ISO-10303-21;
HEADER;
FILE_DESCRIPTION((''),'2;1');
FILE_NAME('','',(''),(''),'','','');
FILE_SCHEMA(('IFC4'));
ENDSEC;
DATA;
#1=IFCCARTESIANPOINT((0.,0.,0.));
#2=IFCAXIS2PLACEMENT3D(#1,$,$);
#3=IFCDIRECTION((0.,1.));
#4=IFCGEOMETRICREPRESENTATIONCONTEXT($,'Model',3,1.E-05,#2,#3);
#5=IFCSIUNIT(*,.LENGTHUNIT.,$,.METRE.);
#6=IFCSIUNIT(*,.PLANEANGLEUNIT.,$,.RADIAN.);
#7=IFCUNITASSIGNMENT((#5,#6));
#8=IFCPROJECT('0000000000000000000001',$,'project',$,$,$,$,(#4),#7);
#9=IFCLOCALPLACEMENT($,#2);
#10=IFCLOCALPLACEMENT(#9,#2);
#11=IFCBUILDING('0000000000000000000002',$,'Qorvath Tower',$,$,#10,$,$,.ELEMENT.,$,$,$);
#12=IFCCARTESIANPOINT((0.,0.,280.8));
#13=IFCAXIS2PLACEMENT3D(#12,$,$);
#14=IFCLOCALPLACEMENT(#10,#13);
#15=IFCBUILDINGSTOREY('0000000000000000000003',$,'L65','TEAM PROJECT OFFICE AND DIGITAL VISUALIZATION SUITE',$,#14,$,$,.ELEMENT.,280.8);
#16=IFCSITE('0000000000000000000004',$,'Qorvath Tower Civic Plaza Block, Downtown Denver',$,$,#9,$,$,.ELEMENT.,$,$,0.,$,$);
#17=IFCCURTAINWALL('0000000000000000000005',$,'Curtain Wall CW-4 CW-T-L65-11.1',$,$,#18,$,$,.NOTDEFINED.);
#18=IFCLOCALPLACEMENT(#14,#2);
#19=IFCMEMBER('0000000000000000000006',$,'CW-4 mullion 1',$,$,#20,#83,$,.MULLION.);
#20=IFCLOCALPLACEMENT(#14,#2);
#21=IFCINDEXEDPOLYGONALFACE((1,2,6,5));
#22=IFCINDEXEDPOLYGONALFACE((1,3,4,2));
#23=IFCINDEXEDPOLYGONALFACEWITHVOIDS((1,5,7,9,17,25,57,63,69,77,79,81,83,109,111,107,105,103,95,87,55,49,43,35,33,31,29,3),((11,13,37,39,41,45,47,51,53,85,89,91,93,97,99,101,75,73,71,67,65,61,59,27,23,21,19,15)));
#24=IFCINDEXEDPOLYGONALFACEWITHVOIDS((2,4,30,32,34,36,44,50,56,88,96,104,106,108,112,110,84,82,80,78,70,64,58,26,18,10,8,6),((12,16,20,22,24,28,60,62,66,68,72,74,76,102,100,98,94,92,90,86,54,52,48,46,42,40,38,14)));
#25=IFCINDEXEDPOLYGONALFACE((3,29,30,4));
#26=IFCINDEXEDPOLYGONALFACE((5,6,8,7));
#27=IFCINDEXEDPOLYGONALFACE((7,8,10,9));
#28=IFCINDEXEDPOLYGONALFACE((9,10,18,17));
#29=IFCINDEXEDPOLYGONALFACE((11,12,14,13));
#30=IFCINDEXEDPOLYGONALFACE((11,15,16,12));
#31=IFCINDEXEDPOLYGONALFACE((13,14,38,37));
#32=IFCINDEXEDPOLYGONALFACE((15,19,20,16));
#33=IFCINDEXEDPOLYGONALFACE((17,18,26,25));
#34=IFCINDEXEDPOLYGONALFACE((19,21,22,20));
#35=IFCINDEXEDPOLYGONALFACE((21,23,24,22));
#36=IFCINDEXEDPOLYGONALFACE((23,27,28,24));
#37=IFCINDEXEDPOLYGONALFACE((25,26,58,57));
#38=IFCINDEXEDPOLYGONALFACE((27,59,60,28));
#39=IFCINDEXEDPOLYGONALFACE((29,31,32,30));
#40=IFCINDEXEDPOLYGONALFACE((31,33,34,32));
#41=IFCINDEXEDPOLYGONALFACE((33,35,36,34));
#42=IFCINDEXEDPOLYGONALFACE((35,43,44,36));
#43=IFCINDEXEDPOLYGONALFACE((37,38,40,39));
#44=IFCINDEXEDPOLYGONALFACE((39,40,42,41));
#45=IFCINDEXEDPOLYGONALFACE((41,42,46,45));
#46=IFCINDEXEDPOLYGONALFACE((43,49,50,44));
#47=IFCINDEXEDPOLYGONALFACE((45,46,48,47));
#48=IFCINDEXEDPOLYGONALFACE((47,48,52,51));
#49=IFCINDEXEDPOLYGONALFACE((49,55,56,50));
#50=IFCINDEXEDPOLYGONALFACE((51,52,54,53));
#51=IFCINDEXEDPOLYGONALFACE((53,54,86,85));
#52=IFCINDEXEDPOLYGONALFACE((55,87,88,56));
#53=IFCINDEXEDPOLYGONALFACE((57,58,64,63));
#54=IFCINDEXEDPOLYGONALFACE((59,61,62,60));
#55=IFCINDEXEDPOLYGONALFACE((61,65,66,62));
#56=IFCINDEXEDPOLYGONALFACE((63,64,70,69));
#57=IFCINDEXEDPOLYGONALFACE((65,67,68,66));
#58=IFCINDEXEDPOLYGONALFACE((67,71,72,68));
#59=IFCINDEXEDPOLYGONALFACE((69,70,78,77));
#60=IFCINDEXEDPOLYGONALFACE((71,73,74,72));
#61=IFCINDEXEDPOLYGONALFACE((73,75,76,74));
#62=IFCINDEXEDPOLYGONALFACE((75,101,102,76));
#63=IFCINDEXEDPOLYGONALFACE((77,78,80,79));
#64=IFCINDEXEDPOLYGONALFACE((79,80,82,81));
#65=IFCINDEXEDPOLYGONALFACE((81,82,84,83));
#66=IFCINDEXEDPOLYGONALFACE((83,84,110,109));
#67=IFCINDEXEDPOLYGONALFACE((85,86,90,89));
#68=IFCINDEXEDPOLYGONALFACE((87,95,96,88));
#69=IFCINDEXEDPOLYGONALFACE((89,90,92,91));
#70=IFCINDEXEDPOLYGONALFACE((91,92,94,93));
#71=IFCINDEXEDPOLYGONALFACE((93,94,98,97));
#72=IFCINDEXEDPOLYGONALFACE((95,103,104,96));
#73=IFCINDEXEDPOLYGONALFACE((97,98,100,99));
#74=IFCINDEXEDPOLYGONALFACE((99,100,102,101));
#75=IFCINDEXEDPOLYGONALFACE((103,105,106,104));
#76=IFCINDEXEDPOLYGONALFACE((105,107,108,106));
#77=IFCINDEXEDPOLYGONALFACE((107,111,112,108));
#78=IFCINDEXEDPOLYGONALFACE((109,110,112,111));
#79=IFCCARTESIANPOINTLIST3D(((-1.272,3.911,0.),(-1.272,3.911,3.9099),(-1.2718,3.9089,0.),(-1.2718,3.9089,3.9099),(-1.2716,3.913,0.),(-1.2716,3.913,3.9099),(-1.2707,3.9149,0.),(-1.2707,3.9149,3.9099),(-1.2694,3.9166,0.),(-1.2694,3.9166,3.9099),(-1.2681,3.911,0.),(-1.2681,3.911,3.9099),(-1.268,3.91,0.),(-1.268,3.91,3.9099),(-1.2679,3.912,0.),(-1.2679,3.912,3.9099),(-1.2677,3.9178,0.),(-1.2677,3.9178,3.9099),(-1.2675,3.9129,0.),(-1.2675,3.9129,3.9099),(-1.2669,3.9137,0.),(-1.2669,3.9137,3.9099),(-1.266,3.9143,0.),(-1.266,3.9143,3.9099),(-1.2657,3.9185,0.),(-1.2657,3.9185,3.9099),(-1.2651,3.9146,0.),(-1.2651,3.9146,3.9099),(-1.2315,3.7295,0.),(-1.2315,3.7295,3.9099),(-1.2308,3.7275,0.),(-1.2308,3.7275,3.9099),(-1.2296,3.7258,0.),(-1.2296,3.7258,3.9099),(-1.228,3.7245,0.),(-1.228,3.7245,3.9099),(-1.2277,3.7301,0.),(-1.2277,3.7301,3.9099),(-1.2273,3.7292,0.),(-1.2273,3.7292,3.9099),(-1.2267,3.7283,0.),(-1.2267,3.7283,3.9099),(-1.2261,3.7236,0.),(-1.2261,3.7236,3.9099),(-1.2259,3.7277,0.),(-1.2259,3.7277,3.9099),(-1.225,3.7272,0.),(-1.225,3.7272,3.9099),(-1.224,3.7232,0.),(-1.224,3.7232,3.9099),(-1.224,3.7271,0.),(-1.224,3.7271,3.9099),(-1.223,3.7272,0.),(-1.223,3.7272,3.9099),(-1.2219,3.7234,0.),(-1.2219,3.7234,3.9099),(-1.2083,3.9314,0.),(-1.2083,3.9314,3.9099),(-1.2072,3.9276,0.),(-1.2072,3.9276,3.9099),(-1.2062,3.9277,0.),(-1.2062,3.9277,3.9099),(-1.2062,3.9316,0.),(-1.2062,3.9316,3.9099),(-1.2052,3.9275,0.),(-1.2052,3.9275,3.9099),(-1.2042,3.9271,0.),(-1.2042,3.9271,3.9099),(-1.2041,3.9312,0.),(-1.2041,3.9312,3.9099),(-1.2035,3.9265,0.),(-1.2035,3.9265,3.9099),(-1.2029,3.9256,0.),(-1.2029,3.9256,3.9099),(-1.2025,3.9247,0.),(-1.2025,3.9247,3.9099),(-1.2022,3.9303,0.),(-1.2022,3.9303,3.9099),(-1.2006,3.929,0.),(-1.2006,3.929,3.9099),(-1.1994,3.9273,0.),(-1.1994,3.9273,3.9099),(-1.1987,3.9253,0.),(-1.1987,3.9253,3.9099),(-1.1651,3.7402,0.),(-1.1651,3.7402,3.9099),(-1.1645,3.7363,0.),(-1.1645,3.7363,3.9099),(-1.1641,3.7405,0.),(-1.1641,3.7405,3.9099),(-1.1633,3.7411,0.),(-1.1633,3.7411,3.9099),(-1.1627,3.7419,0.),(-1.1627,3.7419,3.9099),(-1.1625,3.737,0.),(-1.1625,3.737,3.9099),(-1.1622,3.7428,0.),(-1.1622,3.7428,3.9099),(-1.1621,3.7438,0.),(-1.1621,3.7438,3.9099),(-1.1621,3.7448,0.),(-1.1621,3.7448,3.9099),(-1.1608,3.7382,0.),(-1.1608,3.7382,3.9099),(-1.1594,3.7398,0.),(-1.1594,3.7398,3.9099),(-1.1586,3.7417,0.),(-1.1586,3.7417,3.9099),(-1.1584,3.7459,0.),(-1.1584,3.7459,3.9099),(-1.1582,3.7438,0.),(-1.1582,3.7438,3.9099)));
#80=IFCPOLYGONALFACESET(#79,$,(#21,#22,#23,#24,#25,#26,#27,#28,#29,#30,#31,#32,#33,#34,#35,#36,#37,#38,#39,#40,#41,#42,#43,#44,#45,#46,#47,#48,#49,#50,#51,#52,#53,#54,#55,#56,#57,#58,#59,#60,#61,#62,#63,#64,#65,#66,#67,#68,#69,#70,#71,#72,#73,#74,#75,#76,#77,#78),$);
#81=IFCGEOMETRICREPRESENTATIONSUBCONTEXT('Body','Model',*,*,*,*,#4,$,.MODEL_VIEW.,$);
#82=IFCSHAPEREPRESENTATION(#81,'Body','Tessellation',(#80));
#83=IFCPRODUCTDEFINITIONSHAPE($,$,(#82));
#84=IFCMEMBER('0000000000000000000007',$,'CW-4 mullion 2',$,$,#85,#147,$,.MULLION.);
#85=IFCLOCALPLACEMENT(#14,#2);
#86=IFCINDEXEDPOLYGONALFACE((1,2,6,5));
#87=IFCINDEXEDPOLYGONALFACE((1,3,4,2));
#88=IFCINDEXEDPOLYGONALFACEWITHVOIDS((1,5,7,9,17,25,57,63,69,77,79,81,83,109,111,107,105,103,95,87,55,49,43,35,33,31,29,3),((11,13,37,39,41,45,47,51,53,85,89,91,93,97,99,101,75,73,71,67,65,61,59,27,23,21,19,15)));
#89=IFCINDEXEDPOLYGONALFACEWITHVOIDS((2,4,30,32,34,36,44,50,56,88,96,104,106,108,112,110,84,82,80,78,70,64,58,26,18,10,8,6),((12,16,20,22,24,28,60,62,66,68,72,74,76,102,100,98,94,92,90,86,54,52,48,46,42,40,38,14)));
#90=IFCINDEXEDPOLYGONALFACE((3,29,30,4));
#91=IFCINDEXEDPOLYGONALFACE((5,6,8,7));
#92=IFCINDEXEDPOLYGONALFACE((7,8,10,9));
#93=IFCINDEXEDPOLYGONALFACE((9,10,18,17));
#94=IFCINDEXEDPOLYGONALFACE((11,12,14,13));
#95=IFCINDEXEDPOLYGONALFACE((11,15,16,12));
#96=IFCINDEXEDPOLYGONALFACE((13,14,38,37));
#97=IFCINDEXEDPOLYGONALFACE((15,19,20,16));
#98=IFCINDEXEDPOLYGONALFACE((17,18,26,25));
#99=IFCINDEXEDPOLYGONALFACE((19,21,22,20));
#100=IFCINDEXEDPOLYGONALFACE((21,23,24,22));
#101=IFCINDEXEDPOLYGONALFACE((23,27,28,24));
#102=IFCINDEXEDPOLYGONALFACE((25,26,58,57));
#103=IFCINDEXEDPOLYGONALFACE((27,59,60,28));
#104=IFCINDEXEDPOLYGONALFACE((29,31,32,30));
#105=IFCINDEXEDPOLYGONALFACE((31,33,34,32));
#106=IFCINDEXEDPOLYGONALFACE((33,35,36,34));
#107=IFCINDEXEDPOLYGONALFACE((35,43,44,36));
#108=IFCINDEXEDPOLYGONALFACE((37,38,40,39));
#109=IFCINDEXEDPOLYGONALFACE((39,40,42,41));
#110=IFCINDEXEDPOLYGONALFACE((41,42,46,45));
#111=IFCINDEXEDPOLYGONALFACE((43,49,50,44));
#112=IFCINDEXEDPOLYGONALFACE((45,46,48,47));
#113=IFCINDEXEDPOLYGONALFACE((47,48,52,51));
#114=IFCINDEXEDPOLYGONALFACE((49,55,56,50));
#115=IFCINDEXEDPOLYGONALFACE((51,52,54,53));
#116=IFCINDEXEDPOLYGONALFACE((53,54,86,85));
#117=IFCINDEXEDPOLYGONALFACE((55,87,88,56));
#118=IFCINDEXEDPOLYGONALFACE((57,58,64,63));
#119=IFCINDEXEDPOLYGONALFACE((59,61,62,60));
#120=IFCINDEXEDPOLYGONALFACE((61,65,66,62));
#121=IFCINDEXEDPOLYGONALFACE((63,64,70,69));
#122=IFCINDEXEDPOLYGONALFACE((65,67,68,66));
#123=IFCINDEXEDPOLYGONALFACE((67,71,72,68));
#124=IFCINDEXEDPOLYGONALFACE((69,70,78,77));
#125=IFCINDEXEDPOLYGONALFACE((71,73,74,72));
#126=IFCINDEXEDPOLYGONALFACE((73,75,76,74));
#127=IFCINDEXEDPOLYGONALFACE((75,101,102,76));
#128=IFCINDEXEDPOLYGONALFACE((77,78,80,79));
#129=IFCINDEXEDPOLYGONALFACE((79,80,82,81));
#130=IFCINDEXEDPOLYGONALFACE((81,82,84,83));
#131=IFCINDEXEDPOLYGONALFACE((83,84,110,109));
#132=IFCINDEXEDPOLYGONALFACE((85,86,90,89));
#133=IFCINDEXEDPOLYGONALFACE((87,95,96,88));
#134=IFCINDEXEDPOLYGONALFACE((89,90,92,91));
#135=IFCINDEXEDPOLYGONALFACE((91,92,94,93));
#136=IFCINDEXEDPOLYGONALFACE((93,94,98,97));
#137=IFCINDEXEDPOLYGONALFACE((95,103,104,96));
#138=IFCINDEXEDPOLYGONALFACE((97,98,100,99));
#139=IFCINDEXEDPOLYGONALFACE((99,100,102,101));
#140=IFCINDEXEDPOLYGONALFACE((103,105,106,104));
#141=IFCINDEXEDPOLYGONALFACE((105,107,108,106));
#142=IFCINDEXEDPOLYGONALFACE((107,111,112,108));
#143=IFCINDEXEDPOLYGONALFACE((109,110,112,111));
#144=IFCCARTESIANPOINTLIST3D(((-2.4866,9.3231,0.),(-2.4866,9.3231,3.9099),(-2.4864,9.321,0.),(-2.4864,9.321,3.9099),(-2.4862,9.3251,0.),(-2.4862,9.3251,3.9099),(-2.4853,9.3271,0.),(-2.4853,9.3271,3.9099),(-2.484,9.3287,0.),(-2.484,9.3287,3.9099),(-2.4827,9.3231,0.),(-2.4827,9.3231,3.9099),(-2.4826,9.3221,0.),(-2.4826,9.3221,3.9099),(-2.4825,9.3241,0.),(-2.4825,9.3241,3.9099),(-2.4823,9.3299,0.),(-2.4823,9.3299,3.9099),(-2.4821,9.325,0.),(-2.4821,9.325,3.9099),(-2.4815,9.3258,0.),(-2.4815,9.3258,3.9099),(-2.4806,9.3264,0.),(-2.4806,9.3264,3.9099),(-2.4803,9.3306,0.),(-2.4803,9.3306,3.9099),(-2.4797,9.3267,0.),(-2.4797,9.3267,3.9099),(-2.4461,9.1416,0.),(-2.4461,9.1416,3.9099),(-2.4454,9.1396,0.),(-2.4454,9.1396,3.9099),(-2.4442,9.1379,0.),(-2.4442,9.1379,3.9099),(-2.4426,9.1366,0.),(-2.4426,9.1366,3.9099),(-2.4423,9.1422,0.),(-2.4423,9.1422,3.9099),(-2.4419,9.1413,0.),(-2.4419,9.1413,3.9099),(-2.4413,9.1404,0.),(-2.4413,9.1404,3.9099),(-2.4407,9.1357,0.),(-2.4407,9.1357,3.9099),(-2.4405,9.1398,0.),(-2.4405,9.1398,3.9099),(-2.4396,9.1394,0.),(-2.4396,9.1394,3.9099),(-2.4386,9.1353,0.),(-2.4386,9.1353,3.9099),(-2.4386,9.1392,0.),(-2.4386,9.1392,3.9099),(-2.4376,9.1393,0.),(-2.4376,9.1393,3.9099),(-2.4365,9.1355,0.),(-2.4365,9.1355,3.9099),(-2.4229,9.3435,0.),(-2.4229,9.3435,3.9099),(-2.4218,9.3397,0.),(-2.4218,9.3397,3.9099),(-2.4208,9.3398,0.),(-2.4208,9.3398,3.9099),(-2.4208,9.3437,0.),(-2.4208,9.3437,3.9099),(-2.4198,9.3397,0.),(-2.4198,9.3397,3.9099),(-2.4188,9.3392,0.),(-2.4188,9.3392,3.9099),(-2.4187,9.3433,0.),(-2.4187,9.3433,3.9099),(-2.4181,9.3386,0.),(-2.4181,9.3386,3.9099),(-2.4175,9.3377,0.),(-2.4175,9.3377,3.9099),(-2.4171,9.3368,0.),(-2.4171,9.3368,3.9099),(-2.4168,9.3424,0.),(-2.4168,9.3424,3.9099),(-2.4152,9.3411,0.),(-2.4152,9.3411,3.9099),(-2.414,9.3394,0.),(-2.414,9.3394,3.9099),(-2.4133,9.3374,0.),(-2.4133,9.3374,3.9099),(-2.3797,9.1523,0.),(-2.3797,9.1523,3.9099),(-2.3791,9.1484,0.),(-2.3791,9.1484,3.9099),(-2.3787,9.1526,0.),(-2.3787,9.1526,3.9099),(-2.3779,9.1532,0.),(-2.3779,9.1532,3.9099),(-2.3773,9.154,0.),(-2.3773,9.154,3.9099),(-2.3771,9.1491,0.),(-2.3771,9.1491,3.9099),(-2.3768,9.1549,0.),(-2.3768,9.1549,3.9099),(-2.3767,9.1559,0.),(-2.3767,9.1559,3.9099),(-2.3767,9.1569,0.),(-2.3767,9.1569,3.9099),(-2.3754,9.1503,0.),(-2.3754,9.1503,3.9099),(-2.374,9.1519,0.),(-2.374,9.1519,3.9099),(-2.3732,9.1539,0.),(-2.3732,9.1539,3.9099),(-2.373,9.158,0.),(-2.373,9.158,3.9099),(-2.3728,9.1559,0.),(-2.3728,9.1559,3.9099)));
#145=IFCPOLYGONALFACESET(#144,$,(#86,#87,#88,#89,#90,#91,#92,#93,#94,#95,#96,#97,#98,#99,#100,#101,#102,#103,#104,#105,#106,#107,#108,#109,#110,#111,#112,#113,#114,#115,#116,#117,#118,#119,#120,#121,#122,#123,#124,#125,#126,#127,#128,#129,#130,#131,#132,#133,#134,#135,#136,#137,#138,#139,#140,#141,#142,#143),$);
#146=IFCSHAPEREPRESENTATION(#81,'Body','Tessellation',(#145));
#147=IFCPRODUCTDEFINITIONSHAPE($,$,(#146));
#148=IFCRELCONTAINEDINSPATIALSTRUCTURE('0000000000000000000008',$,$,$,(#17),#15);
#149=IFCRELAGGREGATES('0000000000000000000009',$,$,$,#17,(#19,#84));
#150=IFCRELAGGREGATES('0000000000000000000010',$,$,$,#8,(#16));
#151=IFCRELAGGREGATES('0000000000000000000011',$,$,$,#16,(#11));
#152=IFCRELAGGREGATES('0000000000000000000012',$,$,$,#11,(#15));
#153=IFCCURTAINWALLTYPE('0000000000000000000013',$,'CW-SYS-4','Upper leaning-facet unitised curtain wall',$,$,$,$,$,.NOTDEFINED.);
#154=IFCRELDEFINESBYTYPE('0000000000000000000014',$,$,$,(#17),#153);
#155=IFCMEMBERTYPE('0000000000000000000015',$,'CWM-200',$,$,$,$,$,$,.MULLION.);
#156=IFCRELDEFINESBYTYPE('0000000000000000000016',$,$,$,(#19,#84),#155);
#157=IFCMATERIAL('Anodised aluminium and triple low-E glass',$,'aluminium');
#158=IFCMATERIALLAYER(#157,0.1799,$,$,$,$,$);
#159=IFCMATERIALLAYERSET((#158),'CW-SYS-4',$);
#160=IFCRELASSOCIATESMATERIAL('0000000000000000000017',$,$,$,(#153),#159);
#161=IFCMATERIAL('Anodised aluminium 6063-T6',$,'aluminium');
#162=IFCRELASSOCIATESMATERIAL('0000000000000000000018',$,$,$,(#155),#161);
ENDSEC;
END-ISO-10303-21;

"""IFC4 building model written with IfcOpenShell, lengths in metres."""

from ifc_helpers import new_model, si_unit, direction, frame, origin, origin_2d, place, context, subcontext, project, spatial, hollow_rectangle, extrude, material, layer, layer_set, material_profile, profile_set, type_object, element, aggregate, save


model = new_model("IFC4")

# Units and contexts
model_context = context("Model", 3, precision=1e-05, world=origin(), true_north=direction((0.0, 1.0)))
body_context = subcontext(model_context, "Body", "Model", "MODEL_VIEW")
ifc_project = project(units=[si_unit("LENGTHUNIT", "METRE"), si_unit("PLANEANGLEUNIT", "RADIAN")], contexts=[model_context])

# Site, building, storey
site_placement = place(None, origin())
site = spatial("IfcSite", under=ifc_project, at=site_placement, Name="Qorvath Tower Civic Plaza Block, Downtown Denver", CompositionType="ELEMENT", RefElevation=0.0)
building_placement = place(site_placement, origin())
building = spatial("IfcBuilding", under=site, at=building_placement, Name="Qorvath Tower", CompositionType="ELEMENT")
storey_placement = place(building_placement, frame((0.0, 0.0, 280.8)))
storey = spatial("IfcBuildingStorey", under=building, at=storey_placement, Name="L65", Description="TEAM PROJECT OFFICE AND DIGITAL VISUALIZATION SUITE", CompositionType="ELEMENT", Elevation=280.8)

# Curtain wall, members
ifc_material_1 = material(Name="Anodised aluminium and triple low-E glass", Category="aluminium")
ifc_layer_1 = layer(ifc_material_1, 0.1799)
ifc_layer_set_1 = layer_set([ifc_layer_1], Name="CW-SYS-4")
curtain_wall_type = type_object("IfcCurtainWallType", Name="CW-SYS-4", Description="Upper leaning-facet unitised curtain wall", PredefinedType="NOTDEFINED", material=ifc_layer_set_1)
curtain_wall_1_placement = place(storey_placement, origin())
curtain_wall_1 = element("IfcCurtainWall", 1, at=curtain_wall_1_placement, inside=storey, type_object=curtain_wall_type, Name="Curtain Wall CW-4 CW-T-L65-11.1", PredefinedType="NOTDEFINED")
ifc_material_2 = material(Name="Anodised aluminium 6063-T6", Category="aluminium")
ifc_material_profile_1 = material_profile(ifc_material_2, hollow_rectangle(XDim=0.075, YDim=0.2, WallThickness=0.0039, InnerFilletRadius=0.0039, OuterFilletRadius=0.0081, at=origin_2d()), Name="CWM 200x75")
ifc_profile_set_1 = profile_set([ifc_material_profile_1], Name="Anodised aluminium 6063-T6")
member_type_1 = type_object("IfcMemberType", Name="CWM-200", PredefinedType="MULLION", material=ifc_profile_set_1)
member_1_placement = place(storey_placement, frame((-1.2151, 3.8274, 0.0), z_axis=(0.0, 0.0, 1.0), x_axis=(-0.975724, -0.219006, 0.0)))
member_1 = element("IfcMember", 2, at=member_1_placement, type_object=member_type_1, Name="CW-4 mullion 1", PredefinedType="MULLION", context=body_context, shape_type="SweptSolid", body=[
    extrude(hollow_rectangle(XDim=0.075, YDim=0.2, WallThickness=0.0039, InnerFilletRadius=0.0039, OuterFilletRadius=0.0081, at=origin_2d()), origin(), (0.0, 0.0, 1.0), 3.9099),
])
member_2_placement = place(storey_placement, frame((-2.4297, 9.2395, 0.0), z_axis=(0.0, 0.0, 1.0), x_axis=(-0.975724, -0.219006, 0.0)))
member_2 = element("IfcMember", 3, at=member_2_placement, type_object=member_type_1, Name="CW-4 mullion 2", PredefinedType="MULLION", context=body_context, shape_type="SweptSolid", body=[
    extrude(hollow_rectangle(XDim=0.075, YDim=0.2, WallThickness=0.0039, InnerFilletRadius=0.0039, OuterFilletRadius=0.0081, at=origin_2d()), origin(), (0.0, 0.0, 1.0), 3.9099),
])

aggregate(curtain_wall_1, [member_1, member_2])

save(model, "model.ifc")
